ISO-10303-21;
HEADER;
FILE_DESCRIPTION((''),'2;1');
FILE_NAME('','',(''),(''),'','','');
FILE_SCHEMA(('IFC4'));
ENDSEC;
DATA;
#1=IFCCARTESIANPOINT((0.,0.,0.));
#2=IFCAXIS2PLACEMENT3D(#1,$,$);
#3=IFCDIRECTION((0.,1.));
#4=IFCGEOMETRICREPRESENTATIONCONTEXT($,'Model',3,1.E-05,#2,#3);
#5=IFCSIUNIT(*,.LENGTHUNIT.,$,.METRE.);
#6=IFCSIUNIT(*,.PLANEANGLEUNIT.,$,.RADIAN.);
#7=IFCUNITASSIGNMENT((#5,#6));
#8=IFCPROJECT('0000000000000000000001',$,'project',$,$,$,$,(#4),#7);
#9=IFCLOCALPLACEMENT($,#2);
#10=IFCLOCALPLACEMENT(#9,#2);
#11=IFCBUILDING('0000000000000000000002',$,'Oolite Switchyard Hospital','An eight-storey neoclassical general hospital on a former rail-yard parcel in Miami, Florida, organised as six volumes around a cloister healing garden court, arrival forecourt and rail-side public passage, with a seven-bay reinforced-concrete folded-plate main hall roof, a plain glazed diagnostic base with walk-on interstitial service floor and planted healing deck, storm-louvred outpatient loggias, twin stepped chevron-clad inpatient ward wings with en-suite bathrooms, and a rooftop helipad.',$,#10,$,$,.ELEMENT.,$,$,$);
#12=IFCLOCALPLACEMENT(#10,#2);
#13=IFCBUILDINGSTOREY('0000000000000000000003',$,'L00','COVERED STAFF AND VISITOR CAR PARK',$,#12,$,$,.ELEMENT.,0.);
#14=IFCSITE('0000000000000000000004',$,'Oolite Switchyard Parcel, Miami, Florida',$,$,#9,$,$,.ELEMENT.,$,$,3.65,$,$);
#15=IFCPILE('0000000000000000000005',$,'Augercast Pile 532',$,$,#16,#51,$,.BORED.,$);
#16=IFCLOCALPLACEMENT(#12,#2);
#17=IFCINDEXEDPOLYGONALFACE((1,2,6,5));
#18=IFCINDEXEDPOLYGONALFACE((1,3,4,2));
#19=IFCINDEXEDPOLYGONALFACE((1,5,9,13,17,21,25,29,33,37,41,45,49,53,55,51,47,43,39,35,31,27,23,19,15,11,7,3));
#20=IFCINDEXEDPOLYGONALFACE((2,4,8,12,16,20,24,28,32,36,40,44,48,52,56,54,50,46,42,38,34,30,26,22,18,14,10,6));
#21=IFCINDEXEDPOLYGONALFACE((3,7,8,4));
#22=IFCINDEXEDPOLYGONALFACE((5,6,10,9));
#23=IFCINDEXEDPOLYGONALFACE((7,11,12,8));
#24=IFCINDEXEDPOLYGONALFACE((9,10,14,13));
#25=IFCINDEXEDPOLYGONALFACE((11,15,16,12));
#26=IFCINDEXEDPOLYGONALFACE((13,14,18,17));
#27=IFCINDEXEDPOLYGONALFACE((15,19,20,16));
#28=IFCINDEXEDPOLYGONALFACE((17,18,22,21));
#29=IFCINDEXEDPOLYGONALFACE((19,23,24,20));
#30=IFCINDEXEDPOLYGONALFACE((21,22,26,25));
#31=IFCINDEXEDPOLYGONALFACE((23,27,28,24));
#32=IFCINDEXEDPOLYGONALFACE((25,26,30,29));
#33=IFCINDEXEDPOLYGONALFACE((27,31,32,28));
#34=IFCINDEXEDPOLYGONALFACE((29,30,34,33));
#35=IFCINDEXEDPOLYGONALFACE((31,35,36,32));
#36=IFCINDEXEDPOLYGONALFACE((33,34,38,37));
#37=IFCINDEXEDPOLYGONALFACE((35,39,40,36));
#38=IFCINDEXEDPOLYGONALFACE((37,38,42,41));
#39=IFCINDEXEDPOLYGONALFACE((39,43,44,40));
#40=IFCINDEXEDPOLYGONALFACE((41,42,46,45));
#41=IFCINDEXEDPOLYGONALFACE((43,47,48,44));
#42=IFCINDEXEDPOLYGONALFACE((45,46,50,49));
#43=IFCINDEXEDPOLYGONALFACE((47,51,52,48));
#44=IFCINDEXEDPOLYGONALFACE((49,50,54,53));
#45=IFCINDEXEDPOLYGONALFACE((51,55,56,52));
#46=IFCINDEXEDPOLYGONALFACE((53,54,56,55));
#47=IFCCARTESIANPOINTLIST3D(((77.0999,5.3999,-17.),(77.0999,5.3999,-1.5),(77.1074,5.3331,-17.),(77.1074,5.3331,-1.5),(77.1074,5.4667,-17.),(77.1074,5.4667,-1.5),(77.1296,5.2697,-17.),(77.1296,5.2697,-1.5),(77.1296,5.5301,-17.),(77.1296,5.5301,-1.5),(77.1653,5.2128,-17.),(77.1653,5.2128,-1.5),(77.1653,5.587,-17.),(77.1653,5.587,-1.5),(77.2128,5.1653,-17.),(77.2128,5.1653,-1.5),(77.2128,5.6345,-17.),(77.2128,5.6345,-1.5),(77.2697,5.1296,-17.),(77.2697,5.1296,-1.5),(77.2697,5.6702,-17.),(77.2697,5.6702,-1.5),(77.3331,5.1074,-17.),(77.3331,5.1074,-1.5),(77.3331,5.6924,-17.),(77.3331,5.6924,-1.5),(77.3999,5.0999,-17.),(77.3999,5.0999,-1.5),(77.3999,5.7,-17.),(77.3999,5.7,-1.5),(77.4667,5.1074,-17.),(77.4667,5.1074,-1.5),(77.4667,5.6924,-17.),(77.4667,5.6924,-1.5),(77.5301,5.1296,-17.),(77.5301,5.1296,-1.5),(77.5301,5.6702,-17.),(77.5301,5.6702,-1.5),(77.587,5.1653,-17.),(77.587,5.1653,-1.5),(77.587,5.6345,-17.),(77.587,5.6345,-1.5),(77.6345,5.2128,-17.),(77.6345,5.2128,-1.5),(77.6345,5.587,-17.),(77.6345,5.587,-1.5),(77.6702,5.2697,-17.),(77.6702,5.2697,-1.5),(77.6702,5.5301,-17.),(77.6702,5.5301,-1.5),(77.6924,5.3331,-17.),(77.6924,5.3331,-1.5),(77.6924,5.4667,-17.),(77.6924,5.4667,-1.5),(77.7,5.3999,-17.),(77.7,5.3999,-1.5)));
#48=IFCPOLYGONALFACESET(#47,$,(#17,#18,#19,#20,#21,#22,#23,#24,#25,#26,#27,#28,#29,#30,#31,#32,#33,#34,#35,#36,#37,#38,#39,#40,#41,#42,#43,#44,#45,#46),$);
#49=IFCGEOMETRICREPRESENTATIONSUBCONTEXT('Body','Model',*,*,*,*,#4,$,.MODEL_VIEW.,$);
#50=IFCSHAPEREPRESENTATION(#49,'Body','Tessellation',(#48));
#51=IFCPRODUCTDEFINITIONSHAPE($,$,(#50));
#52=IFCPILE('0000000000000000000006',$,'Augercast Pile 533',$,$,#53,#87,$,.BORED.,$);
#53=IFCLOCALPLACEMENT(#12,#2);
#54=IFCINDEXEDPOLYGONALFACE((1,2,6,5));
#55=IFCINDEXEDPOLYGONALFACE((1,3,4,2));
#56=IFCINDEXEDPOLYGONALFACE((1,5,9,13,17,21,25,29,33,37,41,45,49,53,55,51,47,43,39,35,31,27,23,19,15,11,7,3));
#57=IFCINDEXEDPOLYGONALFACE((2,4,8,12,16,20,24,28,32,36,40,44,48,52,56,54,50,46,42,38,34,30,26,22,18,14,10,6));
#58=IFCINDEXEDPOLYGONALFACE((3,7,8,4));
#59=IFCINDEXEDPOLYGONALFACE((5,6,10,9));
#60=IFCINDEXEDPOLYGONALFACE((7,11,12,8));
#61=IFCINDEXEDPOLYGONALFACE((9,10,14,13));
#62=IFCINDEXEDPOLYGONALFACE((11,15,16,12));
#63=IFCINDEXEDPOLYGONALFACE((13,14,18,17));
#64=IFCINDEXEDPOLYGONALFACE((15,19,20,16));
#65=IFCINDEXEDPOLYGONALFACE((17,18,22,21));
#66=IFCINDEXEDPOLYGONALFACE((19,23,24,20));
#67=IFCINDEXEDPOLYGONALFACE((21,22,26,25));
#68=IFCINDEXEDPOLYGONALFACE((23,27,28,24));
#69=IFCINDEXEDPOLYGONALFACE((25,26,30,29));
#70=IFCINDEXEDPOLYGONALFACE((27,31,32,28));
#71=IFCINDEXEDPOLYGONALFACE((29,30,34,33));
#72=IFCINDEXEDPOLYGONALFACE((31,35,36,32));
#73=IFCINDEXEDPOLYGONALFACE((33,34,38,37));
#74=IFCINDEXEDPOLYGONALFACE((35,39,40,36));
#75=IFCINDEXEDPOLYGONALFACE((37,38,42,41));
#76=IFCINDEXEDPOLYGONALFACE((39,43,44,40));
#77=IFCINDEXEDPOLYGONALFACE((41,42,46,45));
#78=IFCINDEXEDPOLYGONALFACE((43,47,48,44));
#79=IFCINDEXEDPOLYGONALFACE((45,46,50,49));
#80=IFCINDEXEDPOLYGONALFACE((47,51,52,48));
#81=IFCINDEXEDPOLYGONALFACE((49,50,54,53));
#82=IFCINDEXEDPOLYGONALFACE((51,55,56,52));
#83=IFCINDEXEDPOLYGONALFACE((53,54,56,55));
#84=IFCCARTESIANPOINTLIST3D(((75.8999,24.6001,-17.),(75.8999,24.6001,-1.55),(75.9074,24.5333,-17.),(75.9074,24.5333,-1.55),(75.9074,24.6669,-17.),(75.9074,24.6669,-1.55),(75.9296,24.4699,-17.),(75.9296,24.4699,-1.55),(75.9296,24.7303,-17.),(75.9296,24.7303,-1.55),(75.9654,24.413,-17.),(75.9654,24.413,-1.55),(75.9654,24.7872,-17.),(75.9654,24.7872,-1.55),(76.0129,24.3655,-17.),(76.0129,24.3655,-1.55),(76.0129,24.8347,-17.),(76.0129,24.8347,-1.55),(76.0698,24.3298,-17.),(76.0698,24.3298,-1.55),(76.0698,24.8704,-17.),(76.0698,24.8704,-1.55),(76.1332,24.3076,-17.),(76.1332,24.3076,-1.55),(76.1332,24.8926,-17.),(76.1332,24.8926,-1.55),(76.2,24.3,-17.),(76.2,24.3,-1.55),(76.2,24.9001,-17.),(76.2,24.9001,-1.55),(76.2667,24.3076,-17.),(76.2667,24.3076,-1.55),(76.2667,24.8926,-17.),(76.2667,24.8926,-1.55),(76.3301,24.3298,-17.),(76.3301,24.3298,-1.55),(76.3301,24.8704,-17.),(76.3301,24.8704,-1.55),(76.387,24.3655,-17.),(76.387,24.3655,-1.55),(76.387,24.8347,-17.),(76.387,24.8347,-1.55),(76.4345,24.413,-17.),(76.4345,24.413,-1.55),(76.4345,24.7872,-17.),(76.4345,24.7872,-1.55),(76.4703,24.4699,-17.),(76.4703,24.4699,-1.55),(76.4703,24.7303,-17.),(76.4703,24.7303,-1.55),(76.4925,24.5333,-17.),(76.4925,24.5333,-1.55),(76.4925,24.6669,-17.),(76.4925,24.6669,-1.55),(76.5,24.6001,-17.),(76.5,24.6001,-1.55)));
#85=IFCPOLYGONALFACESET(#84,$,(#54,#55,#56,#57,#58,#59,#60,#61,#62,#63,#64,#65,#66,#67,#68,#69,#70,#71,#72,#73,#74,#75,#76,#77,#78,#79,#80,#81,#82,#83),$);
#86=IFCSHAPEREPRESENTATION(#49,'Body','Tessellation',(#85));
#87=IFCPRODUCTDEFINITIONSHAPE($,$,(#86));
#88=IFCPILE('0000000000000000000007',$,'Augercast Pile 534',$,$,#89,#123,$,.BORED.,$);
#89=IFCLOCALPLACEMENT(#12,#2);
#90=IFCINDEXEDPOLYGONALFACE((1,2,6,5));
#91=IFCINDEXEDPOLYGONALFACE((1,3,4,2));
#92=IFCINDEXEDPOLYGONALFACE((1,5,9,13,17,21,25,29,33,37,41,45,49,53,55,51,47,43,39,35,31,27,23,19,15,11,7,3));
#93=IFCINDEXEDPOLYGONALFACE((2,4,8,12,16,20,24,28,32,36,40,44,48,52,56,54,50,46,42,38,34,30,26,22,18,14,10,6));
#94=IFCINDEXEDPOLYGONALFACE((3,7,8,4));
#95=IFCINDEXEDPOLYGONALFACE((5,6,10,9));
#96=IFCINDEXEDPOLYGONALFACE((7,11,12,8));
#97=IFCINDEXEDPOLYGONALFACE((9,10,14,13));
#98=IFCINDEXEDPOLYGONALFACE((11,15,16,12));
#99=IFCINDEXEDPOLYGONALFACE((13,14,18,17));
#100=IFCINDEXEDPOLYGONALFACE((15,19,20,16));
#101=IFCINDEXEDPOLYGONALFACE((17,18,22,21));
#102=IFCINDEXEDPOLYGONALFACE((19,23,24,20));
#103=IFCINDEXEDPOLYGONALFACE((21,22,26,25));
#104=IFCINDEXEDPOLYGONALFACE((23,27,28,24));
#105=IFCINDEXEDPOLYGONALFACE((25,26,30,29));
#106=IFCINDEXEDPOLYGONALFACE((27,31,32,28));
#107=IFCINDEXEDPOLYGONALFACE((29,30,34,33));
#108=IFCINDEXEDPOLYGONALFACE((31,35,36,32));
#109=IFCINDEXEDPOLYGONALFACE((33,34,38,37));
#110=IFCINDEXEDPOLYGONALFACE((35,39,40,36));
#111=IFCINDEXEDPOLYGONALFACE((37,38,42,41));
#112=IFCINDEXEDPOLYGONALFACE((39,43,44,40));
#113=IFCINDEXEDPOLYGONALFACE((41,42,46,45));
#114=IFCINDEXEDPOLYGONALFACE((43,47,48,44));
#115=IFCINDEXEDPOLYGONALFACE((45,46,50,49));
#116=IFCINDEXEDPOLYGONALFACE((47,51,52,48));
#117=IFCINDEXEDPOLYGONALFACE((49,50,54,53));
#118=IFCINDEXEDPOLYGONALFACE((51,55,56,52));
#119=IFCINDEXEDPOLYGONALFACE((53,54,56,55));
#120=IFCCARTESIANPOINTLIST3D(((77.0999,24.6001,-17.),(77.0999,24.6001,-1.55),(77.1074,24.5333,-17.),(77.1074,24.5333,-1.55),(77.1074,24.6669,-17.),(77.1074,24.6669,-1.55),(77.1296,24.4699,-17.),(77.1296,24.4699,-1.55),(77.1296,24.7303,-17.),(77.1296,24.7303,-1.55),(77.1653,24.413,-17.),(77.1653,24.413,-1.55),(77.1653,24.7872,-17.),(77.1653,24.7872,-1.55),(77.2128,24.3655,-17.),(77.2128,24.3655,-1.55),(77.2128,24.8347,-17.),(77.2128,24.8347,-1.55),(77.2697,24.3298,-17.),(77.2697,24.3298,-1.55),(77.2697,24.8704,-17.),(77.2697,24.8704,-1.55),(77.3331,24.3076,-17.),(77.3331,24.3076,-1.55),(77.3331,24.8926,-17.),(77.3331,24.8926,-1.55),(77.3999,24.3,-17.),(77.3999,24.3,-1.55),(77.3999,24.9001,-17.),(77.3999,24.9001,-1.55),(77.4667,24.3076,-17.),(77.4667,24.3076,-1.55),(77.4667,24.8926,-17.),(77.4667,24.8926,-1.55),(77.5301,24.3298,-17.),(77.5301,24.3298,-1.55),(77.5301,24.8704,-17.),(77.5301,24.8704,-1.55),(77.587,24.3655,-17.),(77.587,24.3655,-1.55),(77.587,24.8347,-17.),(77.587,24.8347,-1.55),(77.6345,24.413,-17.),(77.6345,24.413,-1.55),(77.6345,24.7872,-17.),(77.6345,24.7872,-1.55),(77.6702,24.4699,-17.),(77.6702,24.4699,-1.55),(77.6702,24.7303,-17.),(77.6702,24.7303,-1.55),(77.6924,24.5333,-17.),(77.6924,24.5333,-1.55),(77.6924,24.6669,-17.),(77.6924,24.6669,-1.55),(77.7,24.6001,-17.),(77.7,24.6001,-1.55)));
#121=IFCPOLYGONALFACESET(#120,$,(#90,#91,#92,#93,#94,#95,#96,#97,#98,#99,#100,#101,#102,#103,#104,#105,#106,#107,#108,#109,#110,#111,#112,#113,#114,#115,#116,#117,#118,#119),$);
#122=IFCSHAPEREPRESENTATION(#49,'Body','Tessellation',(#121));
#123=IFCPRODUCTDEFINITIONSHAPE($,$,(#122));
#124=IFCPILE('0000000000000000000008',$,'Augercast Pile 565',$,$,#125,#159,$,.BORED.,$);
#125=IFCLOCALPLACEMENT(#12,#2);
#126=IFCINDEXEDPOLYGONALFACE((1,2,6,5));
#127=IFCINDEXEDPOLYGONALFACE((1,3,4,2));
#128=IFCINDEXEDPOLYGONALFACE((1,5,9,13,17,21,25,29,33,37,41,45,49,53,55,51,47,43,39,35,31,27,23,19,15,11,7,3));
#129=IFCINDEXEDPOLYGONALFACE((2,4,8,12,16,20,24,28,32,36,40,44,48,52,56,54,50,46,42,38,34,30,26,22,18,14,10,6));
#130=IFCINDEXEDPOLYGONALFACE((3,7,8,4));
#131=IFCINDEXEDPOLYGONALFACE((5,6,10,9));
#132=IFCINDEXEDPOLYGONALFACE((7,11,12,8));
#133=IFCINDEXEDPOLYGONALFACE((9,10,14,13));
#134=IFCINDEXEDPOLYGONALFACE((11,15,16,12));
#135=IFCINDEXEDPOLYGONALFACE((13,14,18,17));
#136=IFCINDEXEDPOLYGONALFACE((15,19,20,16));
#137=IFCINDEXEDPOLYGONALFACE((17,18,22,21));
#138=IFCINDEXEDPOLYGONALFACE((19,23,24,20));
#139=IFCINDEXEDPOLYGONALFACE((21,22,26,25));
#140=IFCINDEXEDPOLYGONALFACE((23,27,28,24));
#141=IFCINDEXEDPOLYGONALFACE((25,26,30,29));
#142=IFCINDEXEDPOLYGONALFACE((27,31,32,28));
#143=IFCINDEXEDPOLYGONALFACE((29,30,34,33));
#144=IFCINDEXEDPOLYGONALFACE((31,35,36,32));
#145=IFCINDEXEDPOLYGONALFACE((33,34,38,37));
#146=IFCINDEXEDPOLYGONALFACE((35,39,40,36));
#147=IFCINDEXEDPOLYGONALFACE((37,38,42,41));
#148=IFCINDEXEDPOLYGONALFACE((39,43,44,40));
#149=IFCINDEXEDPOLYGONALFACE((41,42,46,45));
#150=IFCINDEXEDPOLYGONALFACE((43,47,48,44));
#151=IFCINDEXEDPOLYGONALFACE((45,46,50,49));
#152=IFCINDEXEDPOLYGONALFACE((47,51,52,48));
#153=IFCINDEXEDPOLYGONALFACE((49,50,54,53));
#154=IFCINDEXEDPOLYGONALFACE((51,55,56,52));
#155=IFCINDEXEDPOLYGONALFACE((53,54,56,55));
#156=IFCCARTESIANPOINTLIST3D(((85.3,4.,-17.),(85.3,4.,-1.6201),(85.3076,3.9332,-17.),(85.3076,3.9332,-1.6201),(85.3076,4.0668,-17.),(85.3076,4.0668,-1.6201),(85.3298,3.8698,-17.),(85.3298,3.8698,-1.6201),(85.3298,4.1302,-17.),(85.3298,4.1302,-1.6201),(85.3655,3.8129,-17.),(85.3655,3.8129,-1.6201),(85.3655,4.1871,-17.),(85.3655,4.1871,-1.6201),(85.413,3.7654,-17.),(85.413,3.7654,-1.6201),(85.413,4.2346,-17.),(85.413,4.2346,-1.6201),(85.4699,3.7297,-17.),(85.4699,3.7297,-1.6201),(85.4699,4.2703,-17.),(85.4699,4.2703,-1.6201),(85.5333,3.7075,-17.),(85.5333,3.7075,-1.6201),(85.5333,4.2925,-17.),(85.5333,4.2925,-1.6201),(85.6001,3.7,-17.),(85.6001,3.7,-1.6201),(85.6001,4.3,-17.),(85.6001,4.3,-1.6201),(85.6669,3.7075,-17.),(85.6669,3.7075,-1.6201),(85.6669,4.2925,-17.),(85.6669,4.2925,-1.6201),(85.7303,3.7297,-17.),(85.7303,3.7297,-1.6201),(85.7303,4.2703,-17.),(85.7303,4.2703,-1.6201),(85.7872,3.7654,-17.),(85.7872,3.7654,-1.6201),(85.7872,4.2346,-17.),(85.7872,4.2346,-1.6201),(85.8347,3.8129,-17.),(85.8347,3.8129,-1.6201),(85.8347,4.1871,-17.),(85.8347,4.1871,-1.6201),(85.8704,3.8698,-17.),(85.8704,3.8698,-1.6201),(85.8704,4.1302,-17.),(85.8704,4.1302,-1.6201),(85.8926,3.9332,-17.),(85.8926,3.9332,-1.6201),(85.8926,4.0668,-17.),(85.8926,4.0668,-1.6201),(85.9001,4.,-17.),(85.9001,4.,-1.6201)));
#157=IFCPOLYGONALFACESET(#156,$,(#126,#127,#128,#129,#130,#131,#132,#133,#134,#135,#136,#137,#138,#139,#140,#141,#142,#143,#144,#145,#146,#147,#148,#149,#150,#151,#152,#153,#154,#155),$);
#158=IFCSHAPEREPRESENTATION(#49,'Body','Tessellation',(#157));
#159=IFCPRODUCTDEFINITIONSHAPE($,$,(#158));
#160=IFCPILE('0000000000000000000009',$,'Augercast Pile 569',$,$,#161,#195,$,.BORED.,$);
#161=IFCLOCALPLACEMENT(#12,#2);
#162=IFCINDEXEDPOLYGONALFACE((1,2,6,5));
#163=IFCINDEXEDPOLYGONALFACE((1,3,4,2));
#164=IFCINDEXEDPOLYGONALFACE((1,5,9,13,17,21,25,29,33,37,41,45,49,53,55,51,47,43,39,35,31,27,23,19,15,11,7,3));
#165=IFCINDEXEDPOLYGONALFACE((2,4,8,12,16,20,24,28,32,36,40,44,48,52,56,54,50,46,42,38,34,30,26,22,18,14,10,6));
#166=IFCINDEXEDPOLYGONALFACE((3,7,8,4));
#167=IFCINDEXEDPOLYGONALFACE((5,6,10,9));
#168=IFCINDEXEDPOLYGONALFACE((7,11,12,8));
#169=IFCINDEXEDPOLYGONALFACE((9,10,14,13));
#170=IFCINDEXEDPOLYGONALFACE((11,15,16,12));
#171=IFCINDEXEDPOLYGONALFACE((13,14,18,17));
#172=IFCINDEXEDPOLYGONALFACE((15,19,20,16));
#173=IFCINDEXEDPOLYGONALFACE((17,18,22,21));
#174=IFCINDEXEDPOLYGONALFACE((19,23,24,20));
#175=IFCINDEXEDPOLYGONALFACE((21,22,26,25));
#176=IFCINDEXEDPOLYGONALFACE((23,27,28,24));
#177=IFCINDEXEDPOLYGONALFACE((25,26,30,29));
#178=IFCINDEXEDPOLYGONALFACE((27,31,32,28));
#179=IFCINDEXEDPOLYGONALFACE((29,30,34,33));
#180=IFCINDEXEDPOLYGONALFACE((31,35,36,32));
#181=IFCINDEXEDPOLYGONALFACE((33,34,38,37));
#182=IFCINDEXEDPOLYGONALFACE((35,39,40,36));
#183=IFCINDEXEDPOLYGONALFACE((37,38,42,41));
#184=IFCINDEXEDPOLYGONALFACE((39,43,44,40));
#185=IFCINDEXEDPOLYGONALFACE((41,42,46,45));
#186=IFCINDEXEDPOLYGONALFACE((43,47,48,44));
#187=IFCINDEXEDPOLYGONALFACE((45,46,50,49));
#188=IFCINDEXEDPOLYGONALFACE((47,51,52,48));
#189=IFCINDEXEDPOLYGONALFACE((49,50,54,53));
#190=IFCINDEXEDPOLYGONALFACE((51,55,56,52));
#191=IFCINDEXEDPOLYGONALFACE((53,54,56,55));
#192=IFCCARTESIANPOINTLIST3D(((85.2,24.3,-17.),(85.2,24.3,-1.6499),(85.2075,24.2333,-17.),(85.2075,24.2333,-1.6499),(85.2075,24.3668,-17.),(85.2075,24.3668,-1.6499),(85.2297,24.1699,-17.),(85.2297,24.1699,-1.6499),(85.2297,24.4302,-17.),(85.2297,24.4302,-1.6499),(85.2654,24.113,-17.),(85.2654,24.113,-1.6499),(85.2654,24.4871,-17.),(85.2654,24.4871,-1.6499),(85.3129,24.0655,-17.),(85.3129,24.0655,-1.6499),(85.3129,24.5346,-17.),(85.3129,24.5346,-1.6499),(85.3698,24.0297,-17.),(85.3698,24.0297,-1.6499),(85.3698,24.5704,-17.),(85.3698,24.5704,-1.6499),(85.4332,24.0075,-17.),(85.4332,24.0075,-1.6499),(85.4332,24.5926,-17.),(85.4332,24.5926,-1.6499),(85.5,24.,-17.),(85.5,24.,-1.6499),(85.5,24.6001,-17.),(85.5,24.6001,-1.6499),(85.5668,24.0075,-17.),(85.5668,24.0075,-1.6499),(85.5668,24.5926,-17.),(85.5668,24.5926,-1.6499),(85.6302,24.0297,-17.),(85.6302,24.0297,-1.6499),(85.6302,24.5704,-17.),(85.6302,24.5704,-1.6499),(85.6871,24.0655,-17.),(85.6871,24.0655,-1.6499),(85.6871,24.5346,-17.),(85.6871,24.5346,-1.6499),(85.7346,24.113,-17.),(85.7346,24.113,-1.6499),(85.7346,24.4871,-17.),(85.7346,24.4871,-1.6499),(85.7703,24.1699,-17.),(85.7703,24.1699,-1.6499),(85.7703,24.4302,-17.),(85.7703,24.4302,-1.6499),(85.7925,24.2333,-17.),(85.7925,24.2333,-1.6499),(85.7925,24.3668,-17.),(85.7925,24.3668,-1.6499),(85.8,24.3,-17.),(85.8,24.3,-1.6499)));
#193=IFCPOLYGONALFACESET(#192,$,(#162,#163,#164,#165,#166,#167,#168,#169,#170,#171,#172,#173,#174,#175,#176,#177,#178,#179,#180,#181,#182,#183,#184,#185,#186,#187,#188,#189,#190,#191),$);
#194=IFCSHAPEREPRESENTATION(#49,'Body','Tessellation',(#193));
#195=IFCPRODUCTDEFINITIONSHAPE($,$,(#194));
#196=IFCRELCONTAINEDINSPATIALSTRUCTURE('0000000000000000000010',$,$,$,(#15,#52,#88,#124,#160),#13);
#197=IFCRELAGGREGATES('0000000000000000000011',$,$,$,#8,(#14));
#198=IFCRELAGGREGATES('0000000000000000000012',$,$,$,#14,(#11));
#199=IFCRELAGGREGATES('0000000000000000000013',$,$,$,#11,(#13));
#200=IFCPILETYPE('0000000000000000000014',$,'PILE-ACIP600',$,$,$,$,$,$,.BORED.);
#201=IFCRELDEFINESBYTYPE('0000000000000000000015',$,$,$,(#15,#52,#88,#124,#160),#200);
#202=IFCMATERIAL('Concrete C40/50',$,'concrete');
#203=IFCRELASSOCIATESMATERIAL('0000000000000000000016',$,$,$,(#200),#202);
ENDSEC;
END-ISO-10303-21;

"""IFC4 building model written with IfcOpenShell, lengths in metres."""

from ifc_helpers import new_model, si_unit, direction, frame, origin, origin_2d, place, context, subcontext, project, spatial, circle, extrude, material, material_profile, profile_set, type_object, element, save


model = new_model("IFC4")

# Units and contexts
model_context = context("Model", 3, precision=1e-05, world=origin(), true_north=direction((0.0, 1.0)))
body_context = subcontext(model_context, "Body", "Model", "MODEL_VIEW")
ifc_project = project(units=[si_unit("LENGTHUNIT", "METRE"), si_unit("PLANEANGLEUNIT", "RADIAN")], contexts=[model_context])

# Site, building, storey
site_placement = place(None, origin())
site = spatial("IfcSite", under=ifc_project, at=site_placement, Name="Oolite Switchyard Parcel, Miami, Florida", CompositionType="ELEMENT", RefElevation=3.65)
building_placement = place(site_placement, origin())
building = spatial("IfcBuilding", under=site, at=building_placement, Name="Oolite Switchyard Hospital", Description="An eight-storey neoclassical general hospital on a former rail-yard parcel in Miami, Florida, organised as six volumes around a cloister healing garden court, arrival forecourt and rail-side public passage, with a seven-bay reinforced-concrete folded-plate main hall roof, a plain glazed diagnostic base with walk-on interstitial service floor and planted healing deck, storm-louvred outpatient loggias, twin stepped chevron-clad inpatient ward wings with en-suite bathrooms, and a rooftop helipad.", CompositionType="ELEMENT")
storey_placement = place(building_placement, origin())
storey = spatial("IfcBuildingStorey", under=building, at=storey_placement, Name="L00", Description="COVERED STAFF AND VISITOR CAR PARK", CompositionType="ELEMENT", Elevation=0.0)

# Shared definitions
ifc_material_1 = material(Name="Concrete C40/50", Category="concrete")

# Piles
ifc_material_profile_1 = material_profile(ifc_material_1, circle(Radius=0.3, at=origin_2d()), Name="PILE600")
ifc_profile_set_1 = profile_set([ifc_material_profile_1], Name="Concrete C40/50")
pile_type = type_object("IfcPileType", Name="PILE-ACIP600", PredefinedType="BORED", material=ifc_profile_set_1)
for number, where, z_axis, x_axis, name in (
    (1, (77.3999, 5.3999, -1.5), (0.0, 0.0, -1.0), (1.0, 0.0, 0.0), "Augercast Pile 532"),
):
    element("IfcPile", number, at=place(storey_placement, frame(where, z_axis=z_axis, x_axis=x_axis)), inside=storey, type_object=pile_type, Name=name, PredefinedType="BORED", context=body_context, shape_type="SweptSolid", body=[
        extrude(circle(Radius=0.3, at=origin_2d()), origin(), (0.0, 0.0, 1.0), 15.5),
    ])
for number, where, z_axis, x_axis, name in (
    (2, (76.2, 24.6001, -1.55), (0.0, 0.0, -1.0), (1.0, 0.0, 0.0), "Augercast Pile 533"),
    (3, (77.3999, 24.6001, -1.55), (0.0, 0.0, -1.0), (1.0, 0.0, 0.0), "Augercast Pile 534"),
):
    element("IfcPile", number, at=place(storey_placement, frame(where, z_axis=z_axis, x_axis=x_axis)), inside=storey, type_object=pile_type, Name=name, PredefinedType="BORED", context=body_context, shape_type="SweptSolid", body=[
        extrude(circle(Radius=0.3, at=origin_2d()), origin(), (0.0, 0.0, 1.0), 15.45),
    ])
pile_1_placement = place(storey_placement, frame((85.6001, 4.0, -1.6201), z_axis=(0.0, 0.0, -1.0), x_axis=(1.0, 0.0, 0.0)))
element("IfcPile", 4, at=pile_1_placement, inside=storey, type_object=pile_type, Name="Augercast Pile 565", PredefinedType="BORED", context=body_context, shape_type="SweptSolid", body=[
    extrude(circle(Radius=0.3, at=origin_2d()), origin(), (0.0, 0.0, 1.0), 15.3799),
])
pile_2_placement = place(storey_placement, frame((85.5, 24.3, -1.6499), z_axis=(0.0, 0.0, -1.0), x_axis=(1.0, 0.0, 0.0)))
element("IfcPile", 5, at=pile_2_placement, inside=storey, type_object=pile_type, Name="Augercast Pile 569", PredefinedType="BORED", context=body_context, shape_type="SweptSolid", body=[
    extrude(circle(Radius=0.3, at=origin_2d()), origin(), (0.0, 0.0, 1.0), 15.3501),
])

save(model, "model.ifc")
